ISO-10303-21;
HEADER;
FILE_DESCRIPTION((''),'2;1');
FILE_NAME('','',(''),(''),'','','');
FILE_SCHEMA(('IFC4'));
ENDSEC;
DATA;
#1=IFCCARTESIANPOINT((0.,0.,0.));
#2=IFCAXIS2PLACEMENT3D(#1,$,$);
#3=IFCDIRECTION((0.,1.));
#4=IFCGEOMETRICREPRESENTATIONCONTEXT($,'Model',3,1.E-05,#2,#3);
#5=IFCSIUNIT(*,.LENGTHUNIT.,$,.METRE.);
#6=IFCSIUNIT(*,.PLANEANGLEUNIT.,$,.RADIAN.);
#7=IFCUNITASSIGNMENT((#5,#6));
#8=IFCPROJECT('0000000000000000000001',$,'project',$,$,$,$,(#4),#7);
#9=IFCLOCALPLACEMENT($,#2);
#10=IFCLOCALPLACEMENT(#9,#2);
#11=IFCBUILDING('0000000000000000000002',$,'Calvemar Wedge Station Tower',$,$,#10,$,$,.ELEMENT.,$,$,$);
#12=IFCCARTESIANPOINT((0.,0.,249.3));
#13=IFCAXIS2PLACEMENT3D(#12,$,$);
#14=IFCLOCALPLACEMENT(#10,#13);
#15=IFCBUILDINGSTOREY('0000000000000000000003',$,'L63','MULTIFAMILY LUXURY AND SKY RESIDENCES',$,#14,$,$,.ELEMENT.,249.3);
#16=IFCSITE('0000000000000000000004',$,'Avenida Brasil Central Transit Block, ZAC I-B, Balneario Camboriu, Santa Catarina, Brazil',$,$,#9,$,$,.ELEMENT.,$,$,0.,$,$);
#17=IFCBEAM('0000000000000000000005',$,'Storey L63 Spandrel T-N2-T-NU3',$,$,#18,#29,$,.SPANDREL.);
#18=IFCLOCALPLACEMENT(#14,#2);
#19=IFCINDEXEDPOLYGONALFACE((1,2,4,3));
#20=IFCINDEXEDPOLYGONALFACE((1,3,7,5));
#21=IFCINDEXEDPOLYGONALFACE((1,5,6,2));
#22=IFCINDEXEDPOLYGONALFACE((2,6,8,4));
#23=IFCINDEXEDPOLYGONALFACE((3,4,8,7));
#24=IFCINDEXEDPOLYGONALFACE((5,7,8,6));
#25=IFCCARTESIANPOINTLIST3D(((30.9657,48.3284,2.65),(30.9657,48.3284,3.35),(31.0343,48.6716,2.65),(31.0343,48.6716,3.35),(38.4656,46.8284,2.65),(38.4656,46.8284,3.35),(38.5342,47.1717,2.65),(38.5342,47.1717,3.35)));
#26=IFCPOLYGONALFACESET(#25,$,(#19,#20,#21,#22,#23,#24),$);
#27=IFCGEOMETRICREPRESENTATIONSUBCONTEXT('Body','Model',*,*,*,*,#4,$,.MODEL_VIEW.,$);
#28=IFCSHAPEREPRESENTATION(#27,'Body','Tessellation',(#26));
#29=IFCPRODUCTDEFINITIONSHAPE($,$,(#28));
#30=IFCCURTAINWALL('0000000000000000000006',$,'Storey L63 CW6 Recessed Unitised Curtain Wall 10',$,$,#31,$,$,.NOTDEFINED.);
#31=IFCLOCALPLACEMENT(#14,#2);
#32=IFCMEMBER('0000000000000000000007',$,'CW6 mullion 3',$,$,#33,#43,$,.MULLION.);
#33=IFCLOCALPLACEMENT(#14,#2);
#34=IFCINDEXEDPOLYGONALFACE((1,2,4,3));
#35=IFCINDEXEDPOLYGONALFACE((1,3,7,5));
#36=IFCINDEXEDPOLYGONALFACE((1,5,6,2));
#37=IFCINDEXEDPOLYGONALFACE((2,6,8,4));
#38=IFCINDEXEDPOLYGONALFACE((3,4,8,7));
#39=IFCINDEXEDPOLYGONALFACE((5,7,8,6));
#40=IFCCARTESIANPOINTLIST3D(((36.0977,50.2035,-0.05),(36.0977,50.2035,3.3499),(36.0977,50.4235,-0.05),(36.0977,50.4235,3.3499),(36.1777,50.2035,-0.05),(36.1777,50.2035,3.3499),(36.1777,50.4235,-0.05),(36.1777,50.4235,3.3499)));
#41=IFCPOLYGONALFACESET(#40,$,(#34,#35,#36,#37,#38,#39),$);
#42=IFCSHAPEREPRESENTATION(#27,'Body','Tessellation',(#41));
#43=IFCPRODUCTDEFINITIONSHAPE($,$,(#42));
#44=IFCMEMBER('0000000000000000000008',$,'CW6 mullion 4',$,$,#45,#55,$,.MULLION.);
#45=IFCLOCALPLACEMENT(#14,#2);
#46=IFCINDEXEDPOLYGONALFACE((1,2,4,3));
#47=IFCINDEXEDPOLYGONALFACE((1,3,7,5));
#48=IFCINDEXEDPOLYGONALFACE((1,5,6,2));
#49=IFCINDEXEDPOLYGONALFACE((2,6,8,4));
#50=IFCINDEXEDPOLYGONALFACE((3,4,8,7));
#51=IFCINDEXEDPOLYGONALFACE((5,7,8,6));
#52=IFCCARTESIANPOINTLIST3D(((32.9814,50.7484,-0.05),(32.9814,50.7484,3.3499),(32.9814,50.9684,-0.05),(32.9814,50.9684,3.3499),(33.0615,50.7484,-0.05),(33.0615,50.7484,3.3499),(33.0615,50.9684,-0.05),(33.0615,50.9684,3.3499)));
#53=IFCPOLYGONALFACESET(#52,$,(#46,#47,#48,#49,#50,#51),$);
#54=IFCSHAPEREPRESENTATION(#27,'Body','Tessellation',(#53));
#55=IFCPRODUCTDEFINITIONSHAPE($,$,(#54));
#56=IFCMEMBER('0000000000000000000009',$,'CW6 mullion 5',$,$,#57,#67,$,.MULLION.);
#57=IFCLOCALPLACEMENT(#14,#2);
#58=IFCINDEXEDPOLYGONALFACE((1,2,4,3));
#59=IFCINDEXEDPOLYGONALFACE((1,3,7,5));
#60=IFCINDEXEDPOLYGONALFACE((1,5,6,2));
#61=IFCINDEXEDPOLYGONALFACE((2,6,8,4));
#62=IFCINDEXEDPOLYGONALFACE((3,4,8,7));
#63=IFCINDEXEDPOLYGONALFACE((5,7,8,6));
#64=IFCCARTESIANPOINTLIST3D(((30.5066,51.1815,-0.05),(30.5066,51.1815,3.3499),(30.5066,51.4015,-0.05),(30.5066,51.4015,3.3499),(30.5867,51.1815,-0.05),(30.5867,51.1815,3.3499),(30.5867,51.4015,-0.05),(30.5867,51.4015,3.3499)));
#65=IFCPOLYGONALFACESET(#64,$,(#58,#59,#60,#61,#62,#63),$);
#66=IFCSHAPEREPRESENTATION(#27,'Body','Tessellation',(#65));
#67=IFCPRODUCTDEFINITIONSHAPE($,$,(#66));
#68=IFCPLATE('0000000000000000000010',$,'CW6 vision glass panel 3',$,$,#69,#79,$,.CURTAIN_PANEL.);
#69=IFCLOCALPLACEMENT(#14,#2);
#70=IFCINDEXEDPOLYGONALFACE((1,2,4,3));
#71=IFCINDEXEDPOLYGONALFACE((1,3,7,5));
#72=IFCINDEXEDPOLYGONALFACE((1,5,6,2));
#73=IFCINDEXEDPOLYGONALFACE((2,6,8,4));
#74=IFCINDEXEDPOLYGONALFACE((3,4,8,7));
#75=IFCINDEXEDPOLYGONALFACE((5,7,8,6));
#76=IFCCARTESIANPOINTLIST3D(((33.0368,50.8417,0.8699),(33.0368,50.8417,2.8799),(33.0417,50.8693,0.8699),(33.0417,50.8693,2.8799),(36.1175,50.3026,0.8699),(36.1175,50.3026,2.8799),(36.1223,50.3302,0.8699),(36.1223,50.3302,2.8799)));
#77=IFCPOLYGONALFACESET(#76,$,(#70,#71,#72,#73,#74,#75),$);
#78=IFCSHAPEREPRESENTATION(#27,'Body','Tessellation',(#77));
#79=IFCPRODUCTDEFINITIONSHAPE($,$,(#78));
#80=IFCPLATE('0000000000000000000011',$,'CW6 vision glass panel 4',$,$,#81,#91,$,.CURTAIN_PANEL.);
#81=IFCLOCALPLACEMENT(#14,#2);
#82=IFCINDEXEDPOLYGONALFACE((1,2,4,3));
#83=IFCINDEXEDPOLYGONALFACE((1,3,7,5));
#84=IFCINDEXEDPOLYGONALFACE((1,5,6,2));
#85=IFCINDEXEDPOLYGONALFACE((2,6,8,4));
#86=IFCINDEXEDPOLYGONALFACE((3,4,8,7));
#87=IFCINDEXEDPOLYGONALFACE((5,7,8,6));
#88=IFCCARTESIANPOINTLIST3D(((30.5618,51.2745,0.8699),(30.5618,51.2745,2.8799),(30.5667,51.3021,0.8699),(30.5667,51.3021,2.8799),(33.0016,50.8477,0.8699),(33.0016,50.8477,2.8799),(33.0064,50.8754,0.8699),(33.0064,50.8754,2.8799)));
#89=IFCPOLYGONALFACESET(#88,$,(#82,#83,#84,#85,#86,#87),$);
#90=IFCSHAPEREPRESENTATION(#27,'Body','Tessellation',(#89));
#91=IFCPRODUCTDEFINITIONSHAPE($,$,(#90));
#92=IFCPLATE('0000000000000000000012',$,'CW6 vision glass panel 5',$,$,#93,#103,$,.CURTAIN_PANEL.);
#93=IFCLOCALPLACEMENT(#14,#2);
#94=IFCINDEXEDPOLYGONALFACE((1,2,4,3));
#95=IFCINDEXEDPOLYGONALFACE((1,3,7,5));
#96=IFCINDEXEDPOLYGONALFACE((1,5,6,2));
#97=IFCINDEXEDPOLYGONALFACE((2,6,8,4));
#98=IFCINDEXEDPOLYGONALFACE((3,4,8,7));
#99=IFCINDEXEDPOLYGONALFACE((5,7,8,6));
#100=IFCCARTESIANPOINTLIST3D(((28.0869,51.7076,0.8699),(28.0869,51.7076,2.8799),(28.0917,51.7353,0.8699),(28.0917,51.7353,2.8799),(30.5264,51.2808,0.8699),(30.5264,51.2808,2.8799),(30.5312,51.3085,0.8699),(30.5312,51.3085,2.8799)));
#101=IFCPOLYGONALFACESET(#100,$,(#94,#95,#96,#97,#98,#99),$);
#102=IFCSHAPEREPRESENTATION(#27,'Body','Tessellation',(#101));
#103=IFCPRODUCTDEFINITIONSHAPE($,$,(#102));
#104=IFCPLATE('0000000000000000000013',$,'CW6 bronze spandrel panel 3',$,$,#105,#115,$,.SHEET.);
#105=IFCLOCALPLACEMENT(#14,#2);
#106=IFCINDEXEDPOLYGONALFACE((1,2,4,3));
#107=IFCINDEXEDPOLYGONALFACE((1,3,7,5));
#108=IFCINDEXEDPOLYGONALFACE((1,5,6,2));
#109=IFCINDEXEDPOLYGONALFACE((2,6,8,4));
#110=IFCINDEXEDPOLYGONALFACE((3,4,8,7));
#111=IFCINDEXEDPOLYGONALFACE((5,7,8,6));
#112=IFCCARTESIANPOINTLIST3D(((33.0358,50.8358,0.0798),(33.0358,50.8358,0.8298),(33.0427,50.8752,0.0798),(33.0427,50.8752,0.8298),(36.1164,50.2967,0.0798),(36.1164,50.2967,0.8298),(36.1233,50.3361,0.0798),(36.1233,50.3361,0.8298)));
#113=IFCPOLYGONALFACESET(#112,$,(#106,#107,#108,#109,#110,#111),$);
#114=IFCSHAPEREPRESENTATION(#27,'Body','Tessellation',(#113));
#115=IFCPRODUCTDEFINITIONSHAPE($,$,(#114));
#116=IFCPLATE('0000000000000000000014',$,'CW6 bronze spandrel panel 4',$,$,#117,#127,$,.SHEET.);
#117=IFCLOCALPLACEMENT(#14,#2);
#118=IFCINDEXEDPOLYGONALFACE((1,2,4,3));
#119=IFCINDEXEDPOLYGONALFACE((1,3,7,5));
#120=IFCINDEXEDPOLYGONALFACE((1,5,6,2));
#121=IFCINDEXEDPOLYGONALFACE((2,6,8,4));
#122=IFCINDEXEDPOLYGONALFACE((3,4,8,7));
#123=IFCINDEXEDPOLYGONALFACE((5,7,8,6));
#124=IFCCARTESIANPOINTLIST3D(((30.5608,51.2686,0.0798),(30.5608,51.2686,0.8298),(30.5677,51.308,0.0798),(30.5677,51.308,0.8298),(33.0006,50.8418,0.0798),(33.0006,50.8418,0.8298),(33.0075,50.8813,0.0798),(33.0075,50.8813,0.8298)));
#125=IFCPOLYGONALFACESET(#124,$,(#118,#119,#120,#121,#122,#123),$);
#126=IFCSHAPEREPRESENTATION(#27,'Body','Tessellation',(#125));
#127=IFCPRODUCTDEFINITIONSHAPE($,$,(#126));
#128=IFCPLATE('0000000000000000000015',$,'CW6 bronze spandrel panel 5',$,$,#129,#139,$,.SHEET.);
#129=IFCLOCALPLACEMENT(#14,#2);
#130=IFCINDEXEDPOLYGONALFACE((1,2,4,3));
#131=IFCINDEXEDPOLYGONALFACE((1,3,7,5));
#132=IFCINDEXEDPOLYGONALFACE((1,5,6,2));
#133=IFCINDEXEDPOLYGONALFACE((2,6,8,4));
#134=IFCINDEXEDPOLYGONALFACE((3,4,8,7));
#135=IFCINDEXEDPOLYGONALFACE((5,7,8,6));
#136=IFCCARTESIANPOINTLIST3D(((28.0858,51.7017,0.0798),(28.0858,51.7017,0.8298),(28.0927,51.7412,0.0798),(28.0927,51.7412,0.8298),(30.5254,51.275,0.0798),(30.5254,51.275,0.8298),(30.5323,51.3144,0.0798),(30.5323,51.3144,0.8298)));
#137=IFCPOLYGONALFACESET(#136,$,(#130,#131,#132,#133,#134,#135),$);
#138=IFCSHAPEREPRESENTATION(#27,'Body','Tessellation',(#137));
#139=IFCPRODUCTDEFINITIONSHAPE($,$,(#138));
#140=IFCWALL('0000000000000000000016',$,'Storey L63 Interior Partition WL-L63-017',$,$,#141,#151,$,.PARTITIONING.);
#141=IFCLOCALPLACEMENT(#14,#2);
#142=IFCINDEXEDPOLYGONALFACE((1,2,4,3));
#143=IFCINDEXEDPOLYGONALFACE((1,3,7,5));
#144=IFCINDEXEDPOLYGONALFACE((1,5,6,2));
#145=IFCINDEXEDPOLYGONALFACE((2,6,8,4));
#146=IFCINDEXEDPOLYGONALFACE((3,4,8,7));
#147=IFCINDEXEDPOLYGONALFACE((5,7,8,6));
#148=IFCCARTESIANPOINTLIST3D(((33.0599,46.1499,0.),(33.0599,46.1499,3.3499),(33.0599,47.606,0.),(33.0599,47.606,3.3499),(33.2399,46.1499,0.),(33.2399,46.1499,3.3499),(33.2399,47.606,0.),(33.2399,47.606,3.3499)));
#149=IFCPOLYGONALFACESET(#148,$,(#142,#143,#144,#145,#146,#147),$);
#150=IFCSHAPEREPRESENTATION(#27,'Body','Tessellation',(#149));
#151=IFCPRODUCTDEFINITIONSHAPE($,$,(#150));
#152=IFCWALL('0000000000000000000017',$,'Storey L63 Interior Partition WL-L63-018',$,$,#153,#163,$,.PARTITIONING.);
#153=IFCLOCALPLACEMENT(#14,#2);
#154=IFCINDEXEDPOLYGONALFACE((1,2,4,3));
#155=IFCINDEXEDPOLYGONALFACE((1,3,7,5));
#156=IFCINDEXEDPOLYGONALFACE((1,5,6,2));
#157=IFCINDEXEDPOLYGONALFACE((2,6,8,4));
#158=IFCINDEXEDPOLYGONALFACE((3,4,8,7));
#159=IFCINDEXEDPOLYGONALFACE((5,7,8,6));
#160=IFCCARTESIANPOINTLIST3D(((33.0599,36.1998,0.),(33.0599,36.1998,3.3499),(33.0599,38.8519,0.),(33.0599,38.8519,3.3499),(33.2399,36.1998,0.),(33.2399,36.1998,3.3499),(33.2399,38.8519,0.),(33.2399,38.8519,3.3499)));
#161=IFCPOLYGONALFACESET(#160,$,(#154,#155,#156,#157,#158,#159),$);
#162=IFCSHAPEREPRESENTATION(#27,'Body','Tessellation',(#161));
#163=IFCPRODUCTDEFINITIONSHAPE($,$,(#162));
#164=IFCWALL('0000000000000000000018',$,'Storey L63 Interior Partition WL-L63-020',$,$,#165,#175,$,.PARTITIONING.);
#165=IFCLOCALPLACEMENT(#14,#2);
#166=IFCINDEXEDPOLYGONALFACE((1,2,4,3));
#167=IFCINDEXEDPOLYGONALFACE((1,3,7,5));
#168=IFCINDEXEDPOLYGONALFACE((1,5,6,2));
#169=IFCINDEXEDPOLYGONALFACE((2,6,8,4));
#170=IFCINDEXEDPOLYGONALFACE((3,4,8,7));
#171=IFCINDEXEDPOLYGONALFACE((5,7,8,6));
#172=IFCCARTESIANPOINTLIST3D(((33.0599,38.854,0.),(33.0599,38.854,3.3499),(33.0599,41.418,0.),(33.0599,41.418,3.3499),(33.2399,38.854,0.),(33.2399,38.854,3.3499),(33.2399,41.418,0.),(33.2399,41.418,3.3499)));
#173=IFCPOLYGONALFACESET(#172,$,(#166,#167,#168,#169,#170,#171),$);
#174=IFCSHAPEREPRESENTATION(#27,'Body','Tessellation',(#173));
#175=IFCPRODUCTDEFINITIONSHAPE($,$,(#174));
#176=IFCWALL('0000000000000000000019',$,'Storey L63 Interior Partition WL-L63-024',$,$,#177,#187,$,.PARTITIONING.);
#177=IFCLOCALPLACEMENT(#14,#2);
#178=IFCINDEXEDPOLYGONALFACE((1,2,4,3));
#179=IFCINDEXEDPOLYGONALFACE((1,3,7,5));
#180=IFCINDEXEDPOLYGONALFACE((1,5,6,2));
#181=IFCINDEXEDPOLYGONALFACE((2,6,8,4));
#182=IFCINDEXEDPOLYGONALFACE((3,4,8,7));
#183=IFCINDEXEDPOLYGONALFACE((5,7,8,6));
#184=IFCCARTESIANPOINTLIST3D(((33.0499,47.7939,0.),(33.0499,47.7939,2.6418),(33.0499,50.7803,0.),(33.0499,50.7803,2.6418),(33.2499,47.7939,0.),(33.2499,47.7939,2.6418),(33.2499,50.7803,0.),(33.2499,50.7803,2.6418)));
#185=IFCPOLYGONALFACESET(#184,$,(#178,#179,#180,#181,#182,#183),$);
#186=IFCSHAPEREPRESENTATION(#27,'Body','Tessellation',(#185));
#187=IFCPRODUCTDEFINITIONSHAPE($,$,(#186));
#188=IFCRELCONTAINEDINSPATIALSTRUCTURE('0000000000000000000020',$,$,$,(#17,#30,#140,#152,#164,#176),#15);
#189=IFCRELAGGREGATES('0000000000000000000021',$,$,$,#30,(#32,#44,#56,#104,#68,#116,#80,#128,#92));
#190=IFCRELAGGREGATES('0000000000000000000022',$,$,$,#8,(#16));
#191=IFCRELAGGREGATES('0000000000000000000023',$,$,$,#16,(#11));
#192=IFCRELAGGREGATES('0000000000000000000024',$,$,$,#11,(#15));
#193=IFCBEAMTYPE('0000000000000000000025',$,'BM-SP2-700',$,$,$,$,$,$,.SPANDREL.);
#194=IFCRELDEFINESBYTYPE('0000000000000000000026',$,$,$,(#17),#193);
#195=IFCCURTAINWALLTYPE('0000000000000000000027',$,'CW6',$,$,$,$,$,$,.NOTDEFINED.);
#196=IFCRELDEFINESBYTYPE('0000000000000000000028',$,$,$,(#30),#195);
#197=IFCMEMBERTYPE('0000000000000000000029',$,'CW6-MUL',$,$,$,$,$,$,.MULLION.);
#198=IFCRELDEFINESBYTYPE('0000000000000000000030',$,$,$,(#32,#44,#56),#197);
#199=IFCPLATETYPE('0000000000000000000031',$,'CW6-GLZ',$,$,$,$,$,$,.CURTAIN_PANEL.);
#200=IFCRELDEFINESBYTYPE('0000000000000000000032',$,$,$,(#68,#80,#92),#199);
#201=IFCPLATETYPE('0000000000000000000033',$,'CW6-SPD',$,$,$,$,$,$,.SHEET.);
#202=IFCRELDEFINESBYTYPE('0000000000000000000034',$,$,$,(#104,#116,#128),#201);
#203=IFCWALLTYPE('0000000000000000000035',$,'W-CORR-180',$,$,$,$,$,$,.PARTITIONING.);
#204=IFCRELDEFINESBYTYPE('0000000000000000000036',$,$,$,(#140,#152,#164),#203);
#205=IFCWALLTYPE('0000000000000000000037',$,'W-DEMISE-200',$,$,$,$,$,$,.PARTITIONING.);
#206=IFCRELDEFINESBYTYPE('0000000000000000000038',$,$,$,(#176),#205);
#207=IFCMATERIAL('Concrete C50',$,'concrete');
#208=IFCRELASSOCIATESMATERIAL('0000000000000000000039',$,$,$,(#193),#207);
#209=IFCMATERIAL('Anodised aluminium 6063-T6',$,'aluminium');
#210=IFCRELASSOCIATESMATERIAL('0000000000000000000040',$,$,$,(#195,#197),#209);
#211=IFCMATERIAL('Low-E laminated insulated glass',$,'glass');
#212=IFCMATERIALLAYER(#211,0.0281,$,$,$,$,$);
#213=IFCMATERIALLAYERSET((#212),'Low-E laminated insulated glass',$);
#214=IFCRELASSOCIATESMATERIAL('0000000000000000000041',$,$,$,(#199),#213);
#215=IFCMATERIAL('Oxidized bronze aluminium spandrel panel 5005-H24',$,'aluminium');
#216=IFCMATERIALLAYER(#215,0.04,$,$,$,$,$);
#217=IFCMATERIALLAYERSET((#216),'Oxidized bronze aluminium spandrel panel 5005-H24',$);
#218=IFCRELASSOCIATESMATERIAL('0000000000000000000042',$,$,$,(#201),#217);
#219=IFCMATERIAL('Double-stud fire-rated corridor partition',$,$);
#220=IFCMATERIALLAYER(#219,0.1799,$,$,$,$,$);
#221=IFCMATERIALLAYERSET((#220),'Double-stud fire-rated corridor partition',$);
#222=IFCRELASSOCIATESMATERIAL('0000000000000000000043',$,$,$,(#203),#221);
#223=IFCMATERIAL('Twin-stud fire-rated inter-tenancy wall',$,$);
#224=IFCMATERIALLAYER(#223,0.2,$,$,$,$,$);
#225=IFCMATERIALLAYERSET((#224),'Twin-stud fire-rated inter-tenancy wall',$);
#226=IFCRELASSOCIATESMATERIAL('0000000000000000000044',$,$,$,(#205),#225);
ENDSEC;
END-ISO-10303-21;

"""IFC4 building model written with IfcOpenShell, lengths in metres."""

from ifc_helpers import new_model, si_unit, direction, frame, frame_2d, origin, origin_2d, place, context, subcontext, project, spatial, rectangle, extrude, source, transform, mapped, material, layer, layer_set, material_profile, profile_set, type_object, element, aggregate, save


model = new_model("IFC4")

# Units and contexts
model_context = context("Model", 3, precision=1e-05, world=origin(), true_north=direction((0.0, 1.0)))
body_context = subcontext(model_context, "Body", "Model", "MODEL_VIEW")
ifc_project = project(units=[si_unit("LENGTHUNIT", "METRE"), si_unit("PLANEANGLEUNIT", "RADIAN")], contexts=[model_context])

# Site, building, storey
site_placement = place(None, origin())
site = spatial("IfcSite", under=ifc_project, at=site_placement, Name="Avenida Brasil Central Transit Block, ZAC I-B, Balneario Camboriu, Santa Catarina, Brazil", CompositionType="ELEMENT", RefElevation=0.0)
building_placement = place(site_placement, origin())
building = spatial("IfcBuilding", under=site, at=building_placement, Name="Calvemar Wedge Station Tower", CompositionType="ELEMENT")
storey_placement = place(building_placement, frame((0.0, 0.0, 249.3)))
storey = spatial("IfcBuildingStorey", under=building, at=storey_placement, Name="L63", Description="MULTIFAMILY LUXURY AND SKY RESIDENCES", CompositionType="ELEMENT", Elevation=249.3)

# Shared definitions
ifc_material_1 = material(Name="Concrete C50", Category="concrete")

# Beam
ifc_material_profile_1 = material_profile(ifc_material_1, rectangle(XDim=0.3501, YDim=0.7, at=origin_2d()), Name="RC350x700")
ifc_profile_set_1 = profile_set([ifc_material_profile_1], Name="Concrete C50")
beam_type_1 = type_object("IfcBeamType", Name="BM-SP2-700", PredefinedType="SPANDREL", material=ifc_profile_set_1)
shared_shape_1 = source(origin(), body_context, "Body", "SweptSolid", [
    extrude(rectangle(XDim=0.3501, YDim=0.7, at=origin_2d()), origin(), (0.0, 0.0, 1.0), 7.6484),
])
beam_1_placement = place(storey_placement, frame((31.0, 48.5, 3.0), z_axis=(0.980581, -0.196116, 0.0), x_axis=(0.196116, 0.980581, 0.0)))
element("IfcBeam", 1, at=beam_1_placement, inside=storey, type_object=beam_type_1, Name="Storey L63 Spandrel T-N2-T-NU3", PredefinedType="SPANDREL", context=body_context, shape_type="MappedRepresentation", body=[
    mapped(shared_shape_1, transform((0.0, 0.0, 0.0), scale=1.0)),
])

# Curtain wall, members, plates
ifc_material_2 = material(Name="Anodised aluminium 6063-T6", Category="aluminium")
curtain_wall_type = type_object("IfcCurtainWallType", Name="CW6", PredefinedType="NOTDEFINED", material=ifc_material_2)
curtain_wall_placement = place(storey_placement, origin())
curtain_wall = element("IfcCurtainWall", 2, at=curtain_wall_placement, inside=storey, type_object=curtain_wall_type, Name="Storey L63 CW6 Recessed Unitised Curtain Wall 10", PredefinedType="NOTDEFINED")
ifc_material_profile_2 = material_profile(ifc_material_2, rectangle(XDim=0.0801, YDim=0.22, at=origin_2d()), Name="AL-MUL-80x220")
ifc_profile_set_2 = profile_set([ifc_material_profile_2], Name="Anodised aluminium 6063-T6")
member_type = type_object("IfcMemberType", Name="CW6-MUL", PredefinedType="MULLION", material=ifc_profile_set_2)
shared_shape_2 = source(origin(), body_context, "Body", "SweptSolid", [
    extrude(rectangle(XDim=0.0801, YDim=0.22, at=origin_2d()), origin(), (0.0, 0.0, 1.0), 3.3999),
])
member_1_placement = place(storey_placement, frame((36.1377, 50.3135, -0.05), z_axis=(0.0, 0.0, 1.0), x_axis=(1.0, 0.0, 0.0)))
member_1 = element("IfcMember", 3, at=member_1_placement, type_object=member_type, Name="CW6 mullion 3", PredefinedType="MULLION", context=body_context, shape_type="MappedRepresentation", body=[
    mapped(shared_shape_2, transform((0.0, 0.0, 0.0), scale=1.0)),
])
member_2_placement = place(storey_placement, frame((33.0215, 50.8584, -0.05), z_axis=(0.0, 0.0, 1.0), x_axis=(1.0, 0.0, 0.0)))
member_2 = element("IfcMember", 4, at=member_2_placement, type_object=member_type, Name="CW6 mullion 4", PredefinedType="MULLION", context=body_context, shape_type="MappedRepresentation", body=[
    mapped(shared_shape_2, transform((0.0, 0.0, 0.0), scale=1.0)),
])
member_3_placement = place(storey_placement, frame((30.5466, 51.2915, -0.05), z_axis=(0.0, 0.0, 1.0), x_axis=(1.0, 0.0, 0.0)))
member_3 = element("IfcMember", 5, at=member_3_placement, type_object=member_type, Name="CW6 mullion 5", PredefinedType="MULLION", context=body_context, shape_type="MappedRepresentation", body=[
    mapped(shared_shape_2, transform((0.0, 0.0, 0.0), scale=1.0)),
])
ifc_material_3 = material(Name="Low-E laminated insulated glass", Category="glass")
ifc_layer_1 = layer(ifc_material_3, 0.0281)
ifc_layer_set_1 = layer_set([ifc_layer_1], Name="Low-E laminated insulated glass")
plate_type_1 = type_object("IfcPlateType", Name="CW6-GLZ", PredefinedType="CURTAIN_PANEL", material=ifc_layer_set_1)
plate_1_placement = place(storey_placement, frame((36.1199, 50.3164, 0.8699), z_axis=(0.0, 0.0, 1.0), x_axis=(-0.985032, 0.172369, 0.0)))
plate_1 = element("IfcPlate", 6, at=plate_1_placement, type_object=plate_type_1, Name="CW6 vision glass panel 3", PredefinedType="CURTAIN_PANEL", context=body_context, shape_type="SweptSolid", body=[
    extrude(rectangle(XDim=3.1274, YDim=0.0281, at=frame_2d((1.5637, 0.0))), origin(), (0.0, 0.0, 1.0), 2.01),
])
plate_2_placement = place(storey_placement, frame((33.0039, 50.8616, 0.8699), z_axis=(0.0, 0.0, 1.0), x_axis=(-0.985043, 0.172306, 0.0)))
plate_2 = element("IfcPlate", 7, at=plate_2_placement, type_object=plate_type_1, Name="CW6 vision glass panel 4", PredefinedType="CURTAIN_PANEL", context=body_context, shape_type="SweptSolid", body=[
    extrude(rectangle(XDim=2.4768, YDim=0.0281, at=frame_2d((1.2383, 0.0))), origin(), (0.0, 0.0, 1.0), 2.01),
])
plate_3_placement = place(storey_placement, frame((30.5288, 51.2947, 0.8699), z_axis=(0.0, 0.0, 1.0), x_axis=(-0.985041, 0.172323, 0.0)))
plate_3 = element("IfcPlate", 8, at=plate_3_placement, type_object=plate_type_1, Name="CW6 vision glass panel 5", PredefinedType="CURTAIN_PANEL", context=body_context, shape_type="SweptSolid", body=[
    extrude(rectangle(XDim=2.4766, YDim=0.0281, at=frame_2d((1.2383, 0.0))), origin(), (0.0, 0.0, 1.0), 2.01),
])
ifc_material_4 = material(Name="Oxidized bronze aluminium spandrel panel 5005-H24", Category="aluminium")
ifc_layer_2 = layer(ifc_material_4, 0.04)
ifc_layer_set_2 = layer_set([ifc_layer_2], Name="Oxidized bronze aluminium spandrel panel 5005-H24")
plate_type_2 = type_object("IfcPlateType", Name="CW6-SPD", PredefinedType="SHEET", material=ifc_layer_set_2)
plate_4_placement = place(storey_placement, frame((36.1199, 50.3164, 0.0798), z_axis=(0.0, 0.0, 1.0), x_axis=(-0.985032, 0.172369, 0.0)))
plate_4 = element("IfcPlate", 9, at=plate_4_placement, type_object=plate_type_2, Name="CW6 bronze spandrel panel 3", PredefinedType="SHEET", context=body_context, shape_type="SweptSolid", body=[
    extrude(rectangle(XDim=3.1274, YDim=0.04, at=frame_2d((1.5637, 0.0))), origin(), (0.0, 0.0, 1.0), 0.75),
])
plate_5_placement = place(storey_placement, frame((33.0039, 50.8616, 0.0798), z_axis=(0.0, 0.0, 1.0), x_axis=(-0.985043, 0.172306, 0.0)))
plate_5 = element("IfcPlate", 10, at=plate_5_placement, type_object=plate_type_2, Name="CW6 bronze spandrel panel 4", PredefinedType="SHEET", context=body_context, shape_type="SweptSolid", body=[
    extrude(rectangle(XDim=2.4768, YDim=0.04, at=frame_2d((1.2383, 0.0))), origin(), (0.0, 0.0, 1.0), 0.75),
])
plate_6_placement = place(storey_placement, frame((30.5288, 51.2947, 0.0798), z_axis=(0.0, 0.0, 1.0), x_axis=(-0.985041, 0.172323, 0.0)))
plate_6 = element("IfcPlate", 11, at=plate_6_placement, type_object=plate_type_2, Name="CW6 bronze spandrel panel 5", PredefinedType="SHEET", context=body_context, shape_type="SweptSolid", body=[
    extrude(rectangle(XDim=2.4766, YDim=0.04, at=frame_2d((1.2383, 0.0))), origin(), (0.0, 0.0, 1.0), 0.75),
])
aggregate(curtain_wall, [member_1, member_2, member_3, plate_4, plate_1, plate_5, plate_2, plate_6, plate_3])

# Walls
ifc_material_5 = material(Name="Double-stud fire-rated corridor partition")
ifc_layer_3 = layer(ifc_material_5, 0.1799)
ifc_layer_set_3 = layer_set([ifc_layer_3], Name="Double-stud fire-rated corridor partition")
wall_type_1 = type_object("IfcWallType", Name="W-CORR-180", PredefinedType="PARTITIONING", material=ifc_layer_set_3)
wall_1_placement = place(storey_placement, frame((33.1499, 47.606, 0.0), z_axis=(0.0, 0.0, 1.0), x_axis=(0.0, -1.0, 0.0)))
element("IfcWall", 12, at=wall_1_placement, inside=storey, type_object=wall_type_1, Name="Storey L63 Interior Partition WL-L63-017", PredefinedType="PARTITIONING", context=body_context, shape_type="SweptSolid", body=[
    extrude(rectangle(XDim=1.4561, YDim=0.1799, at=frame_2d((0.728, 0.0))), origin(), (0.0, 0.0, 1.0), 3.3499),
])
wall_2_placement = place(storey_placement, frame((33.1499, 38.8521, 0.0), z_axis=(0.0, 0.0, 1.0), x_axis=(0.0, -1.0, 0.0)))
element("IfcWall", 13, at=wall_2_placement, inside=storey, type_object=wall_type_1, Name="Storey L63 Interior Partition WL-L63-018", PredefinedType="PARTITIONING", context=body_context, shape_type="SweptSolid", body=[
    extrude(rectangle(XDim=2.6521, YDim=0.1799, at=frame_2d((1.3262, 0.0))), origin(), (0.0, 0.0, 1.0), 3.3499),
])

# Walls
wall_3_placement = place(storey_placement, frame((33.1499, 41.418, 0.0), z_axis=(0.0, 0.0, 1.0), x_axis=(0.0, -1.0, 0.0)))
element("IfcWall", 14, at=wall_3_placement, inside=storey, type_object=wall_type_1, Name="Storey L63 Interior Partition WL-L63-020", PredefinedType="PARTITIONING", context=body_context, shape_type="SweptSolid", body=[
    extrude(rectangle(XDim=2.564, YDim=0.1799, at=frame_2d((1.282, 0.0))), origin(), (0.0, 0.0, 1.0), 3.3499),
])
ifc_material_6 = material(Name="Twin-stud fire-rated inter-tenancy wall")
ifc_layer_4 = layer(ifc_material_6, 0.2)
ifc_layer_set_4 = layer_set([ifc_layer_4], Name="Twin-stud fire-rated inter-tenancy wall")
wall_type_2 = type_object("IfcWallType", Name="W-DEMISE-200", PredefinedType="PARTITIONING", material=ifc_layer_set_4)
wall_4_placement = place(storey_placement, frame((33.1499, 50.7803, 0.0), z_axis=(0.0, 0.0, 1.0), x_axis=(0.0, -1.0, 0.0)))
element("IfcWall", 15, at=wall_4_placement, inside=storey, type_object=wall_type_2, Name="Storey L63 Interior Partition WL-L63-024", PredefinedType="PARTITIONING", context=body_context, shape_type="SweptSolid", body=[
    extrude(rectangle(XDim=2.9863, YDim=0.2, at=frame_2d((1.4932, 0.0))), origin(), (0.0, 0.0, 1.0), 2.6418),
])

save(model, "model.ifc")
